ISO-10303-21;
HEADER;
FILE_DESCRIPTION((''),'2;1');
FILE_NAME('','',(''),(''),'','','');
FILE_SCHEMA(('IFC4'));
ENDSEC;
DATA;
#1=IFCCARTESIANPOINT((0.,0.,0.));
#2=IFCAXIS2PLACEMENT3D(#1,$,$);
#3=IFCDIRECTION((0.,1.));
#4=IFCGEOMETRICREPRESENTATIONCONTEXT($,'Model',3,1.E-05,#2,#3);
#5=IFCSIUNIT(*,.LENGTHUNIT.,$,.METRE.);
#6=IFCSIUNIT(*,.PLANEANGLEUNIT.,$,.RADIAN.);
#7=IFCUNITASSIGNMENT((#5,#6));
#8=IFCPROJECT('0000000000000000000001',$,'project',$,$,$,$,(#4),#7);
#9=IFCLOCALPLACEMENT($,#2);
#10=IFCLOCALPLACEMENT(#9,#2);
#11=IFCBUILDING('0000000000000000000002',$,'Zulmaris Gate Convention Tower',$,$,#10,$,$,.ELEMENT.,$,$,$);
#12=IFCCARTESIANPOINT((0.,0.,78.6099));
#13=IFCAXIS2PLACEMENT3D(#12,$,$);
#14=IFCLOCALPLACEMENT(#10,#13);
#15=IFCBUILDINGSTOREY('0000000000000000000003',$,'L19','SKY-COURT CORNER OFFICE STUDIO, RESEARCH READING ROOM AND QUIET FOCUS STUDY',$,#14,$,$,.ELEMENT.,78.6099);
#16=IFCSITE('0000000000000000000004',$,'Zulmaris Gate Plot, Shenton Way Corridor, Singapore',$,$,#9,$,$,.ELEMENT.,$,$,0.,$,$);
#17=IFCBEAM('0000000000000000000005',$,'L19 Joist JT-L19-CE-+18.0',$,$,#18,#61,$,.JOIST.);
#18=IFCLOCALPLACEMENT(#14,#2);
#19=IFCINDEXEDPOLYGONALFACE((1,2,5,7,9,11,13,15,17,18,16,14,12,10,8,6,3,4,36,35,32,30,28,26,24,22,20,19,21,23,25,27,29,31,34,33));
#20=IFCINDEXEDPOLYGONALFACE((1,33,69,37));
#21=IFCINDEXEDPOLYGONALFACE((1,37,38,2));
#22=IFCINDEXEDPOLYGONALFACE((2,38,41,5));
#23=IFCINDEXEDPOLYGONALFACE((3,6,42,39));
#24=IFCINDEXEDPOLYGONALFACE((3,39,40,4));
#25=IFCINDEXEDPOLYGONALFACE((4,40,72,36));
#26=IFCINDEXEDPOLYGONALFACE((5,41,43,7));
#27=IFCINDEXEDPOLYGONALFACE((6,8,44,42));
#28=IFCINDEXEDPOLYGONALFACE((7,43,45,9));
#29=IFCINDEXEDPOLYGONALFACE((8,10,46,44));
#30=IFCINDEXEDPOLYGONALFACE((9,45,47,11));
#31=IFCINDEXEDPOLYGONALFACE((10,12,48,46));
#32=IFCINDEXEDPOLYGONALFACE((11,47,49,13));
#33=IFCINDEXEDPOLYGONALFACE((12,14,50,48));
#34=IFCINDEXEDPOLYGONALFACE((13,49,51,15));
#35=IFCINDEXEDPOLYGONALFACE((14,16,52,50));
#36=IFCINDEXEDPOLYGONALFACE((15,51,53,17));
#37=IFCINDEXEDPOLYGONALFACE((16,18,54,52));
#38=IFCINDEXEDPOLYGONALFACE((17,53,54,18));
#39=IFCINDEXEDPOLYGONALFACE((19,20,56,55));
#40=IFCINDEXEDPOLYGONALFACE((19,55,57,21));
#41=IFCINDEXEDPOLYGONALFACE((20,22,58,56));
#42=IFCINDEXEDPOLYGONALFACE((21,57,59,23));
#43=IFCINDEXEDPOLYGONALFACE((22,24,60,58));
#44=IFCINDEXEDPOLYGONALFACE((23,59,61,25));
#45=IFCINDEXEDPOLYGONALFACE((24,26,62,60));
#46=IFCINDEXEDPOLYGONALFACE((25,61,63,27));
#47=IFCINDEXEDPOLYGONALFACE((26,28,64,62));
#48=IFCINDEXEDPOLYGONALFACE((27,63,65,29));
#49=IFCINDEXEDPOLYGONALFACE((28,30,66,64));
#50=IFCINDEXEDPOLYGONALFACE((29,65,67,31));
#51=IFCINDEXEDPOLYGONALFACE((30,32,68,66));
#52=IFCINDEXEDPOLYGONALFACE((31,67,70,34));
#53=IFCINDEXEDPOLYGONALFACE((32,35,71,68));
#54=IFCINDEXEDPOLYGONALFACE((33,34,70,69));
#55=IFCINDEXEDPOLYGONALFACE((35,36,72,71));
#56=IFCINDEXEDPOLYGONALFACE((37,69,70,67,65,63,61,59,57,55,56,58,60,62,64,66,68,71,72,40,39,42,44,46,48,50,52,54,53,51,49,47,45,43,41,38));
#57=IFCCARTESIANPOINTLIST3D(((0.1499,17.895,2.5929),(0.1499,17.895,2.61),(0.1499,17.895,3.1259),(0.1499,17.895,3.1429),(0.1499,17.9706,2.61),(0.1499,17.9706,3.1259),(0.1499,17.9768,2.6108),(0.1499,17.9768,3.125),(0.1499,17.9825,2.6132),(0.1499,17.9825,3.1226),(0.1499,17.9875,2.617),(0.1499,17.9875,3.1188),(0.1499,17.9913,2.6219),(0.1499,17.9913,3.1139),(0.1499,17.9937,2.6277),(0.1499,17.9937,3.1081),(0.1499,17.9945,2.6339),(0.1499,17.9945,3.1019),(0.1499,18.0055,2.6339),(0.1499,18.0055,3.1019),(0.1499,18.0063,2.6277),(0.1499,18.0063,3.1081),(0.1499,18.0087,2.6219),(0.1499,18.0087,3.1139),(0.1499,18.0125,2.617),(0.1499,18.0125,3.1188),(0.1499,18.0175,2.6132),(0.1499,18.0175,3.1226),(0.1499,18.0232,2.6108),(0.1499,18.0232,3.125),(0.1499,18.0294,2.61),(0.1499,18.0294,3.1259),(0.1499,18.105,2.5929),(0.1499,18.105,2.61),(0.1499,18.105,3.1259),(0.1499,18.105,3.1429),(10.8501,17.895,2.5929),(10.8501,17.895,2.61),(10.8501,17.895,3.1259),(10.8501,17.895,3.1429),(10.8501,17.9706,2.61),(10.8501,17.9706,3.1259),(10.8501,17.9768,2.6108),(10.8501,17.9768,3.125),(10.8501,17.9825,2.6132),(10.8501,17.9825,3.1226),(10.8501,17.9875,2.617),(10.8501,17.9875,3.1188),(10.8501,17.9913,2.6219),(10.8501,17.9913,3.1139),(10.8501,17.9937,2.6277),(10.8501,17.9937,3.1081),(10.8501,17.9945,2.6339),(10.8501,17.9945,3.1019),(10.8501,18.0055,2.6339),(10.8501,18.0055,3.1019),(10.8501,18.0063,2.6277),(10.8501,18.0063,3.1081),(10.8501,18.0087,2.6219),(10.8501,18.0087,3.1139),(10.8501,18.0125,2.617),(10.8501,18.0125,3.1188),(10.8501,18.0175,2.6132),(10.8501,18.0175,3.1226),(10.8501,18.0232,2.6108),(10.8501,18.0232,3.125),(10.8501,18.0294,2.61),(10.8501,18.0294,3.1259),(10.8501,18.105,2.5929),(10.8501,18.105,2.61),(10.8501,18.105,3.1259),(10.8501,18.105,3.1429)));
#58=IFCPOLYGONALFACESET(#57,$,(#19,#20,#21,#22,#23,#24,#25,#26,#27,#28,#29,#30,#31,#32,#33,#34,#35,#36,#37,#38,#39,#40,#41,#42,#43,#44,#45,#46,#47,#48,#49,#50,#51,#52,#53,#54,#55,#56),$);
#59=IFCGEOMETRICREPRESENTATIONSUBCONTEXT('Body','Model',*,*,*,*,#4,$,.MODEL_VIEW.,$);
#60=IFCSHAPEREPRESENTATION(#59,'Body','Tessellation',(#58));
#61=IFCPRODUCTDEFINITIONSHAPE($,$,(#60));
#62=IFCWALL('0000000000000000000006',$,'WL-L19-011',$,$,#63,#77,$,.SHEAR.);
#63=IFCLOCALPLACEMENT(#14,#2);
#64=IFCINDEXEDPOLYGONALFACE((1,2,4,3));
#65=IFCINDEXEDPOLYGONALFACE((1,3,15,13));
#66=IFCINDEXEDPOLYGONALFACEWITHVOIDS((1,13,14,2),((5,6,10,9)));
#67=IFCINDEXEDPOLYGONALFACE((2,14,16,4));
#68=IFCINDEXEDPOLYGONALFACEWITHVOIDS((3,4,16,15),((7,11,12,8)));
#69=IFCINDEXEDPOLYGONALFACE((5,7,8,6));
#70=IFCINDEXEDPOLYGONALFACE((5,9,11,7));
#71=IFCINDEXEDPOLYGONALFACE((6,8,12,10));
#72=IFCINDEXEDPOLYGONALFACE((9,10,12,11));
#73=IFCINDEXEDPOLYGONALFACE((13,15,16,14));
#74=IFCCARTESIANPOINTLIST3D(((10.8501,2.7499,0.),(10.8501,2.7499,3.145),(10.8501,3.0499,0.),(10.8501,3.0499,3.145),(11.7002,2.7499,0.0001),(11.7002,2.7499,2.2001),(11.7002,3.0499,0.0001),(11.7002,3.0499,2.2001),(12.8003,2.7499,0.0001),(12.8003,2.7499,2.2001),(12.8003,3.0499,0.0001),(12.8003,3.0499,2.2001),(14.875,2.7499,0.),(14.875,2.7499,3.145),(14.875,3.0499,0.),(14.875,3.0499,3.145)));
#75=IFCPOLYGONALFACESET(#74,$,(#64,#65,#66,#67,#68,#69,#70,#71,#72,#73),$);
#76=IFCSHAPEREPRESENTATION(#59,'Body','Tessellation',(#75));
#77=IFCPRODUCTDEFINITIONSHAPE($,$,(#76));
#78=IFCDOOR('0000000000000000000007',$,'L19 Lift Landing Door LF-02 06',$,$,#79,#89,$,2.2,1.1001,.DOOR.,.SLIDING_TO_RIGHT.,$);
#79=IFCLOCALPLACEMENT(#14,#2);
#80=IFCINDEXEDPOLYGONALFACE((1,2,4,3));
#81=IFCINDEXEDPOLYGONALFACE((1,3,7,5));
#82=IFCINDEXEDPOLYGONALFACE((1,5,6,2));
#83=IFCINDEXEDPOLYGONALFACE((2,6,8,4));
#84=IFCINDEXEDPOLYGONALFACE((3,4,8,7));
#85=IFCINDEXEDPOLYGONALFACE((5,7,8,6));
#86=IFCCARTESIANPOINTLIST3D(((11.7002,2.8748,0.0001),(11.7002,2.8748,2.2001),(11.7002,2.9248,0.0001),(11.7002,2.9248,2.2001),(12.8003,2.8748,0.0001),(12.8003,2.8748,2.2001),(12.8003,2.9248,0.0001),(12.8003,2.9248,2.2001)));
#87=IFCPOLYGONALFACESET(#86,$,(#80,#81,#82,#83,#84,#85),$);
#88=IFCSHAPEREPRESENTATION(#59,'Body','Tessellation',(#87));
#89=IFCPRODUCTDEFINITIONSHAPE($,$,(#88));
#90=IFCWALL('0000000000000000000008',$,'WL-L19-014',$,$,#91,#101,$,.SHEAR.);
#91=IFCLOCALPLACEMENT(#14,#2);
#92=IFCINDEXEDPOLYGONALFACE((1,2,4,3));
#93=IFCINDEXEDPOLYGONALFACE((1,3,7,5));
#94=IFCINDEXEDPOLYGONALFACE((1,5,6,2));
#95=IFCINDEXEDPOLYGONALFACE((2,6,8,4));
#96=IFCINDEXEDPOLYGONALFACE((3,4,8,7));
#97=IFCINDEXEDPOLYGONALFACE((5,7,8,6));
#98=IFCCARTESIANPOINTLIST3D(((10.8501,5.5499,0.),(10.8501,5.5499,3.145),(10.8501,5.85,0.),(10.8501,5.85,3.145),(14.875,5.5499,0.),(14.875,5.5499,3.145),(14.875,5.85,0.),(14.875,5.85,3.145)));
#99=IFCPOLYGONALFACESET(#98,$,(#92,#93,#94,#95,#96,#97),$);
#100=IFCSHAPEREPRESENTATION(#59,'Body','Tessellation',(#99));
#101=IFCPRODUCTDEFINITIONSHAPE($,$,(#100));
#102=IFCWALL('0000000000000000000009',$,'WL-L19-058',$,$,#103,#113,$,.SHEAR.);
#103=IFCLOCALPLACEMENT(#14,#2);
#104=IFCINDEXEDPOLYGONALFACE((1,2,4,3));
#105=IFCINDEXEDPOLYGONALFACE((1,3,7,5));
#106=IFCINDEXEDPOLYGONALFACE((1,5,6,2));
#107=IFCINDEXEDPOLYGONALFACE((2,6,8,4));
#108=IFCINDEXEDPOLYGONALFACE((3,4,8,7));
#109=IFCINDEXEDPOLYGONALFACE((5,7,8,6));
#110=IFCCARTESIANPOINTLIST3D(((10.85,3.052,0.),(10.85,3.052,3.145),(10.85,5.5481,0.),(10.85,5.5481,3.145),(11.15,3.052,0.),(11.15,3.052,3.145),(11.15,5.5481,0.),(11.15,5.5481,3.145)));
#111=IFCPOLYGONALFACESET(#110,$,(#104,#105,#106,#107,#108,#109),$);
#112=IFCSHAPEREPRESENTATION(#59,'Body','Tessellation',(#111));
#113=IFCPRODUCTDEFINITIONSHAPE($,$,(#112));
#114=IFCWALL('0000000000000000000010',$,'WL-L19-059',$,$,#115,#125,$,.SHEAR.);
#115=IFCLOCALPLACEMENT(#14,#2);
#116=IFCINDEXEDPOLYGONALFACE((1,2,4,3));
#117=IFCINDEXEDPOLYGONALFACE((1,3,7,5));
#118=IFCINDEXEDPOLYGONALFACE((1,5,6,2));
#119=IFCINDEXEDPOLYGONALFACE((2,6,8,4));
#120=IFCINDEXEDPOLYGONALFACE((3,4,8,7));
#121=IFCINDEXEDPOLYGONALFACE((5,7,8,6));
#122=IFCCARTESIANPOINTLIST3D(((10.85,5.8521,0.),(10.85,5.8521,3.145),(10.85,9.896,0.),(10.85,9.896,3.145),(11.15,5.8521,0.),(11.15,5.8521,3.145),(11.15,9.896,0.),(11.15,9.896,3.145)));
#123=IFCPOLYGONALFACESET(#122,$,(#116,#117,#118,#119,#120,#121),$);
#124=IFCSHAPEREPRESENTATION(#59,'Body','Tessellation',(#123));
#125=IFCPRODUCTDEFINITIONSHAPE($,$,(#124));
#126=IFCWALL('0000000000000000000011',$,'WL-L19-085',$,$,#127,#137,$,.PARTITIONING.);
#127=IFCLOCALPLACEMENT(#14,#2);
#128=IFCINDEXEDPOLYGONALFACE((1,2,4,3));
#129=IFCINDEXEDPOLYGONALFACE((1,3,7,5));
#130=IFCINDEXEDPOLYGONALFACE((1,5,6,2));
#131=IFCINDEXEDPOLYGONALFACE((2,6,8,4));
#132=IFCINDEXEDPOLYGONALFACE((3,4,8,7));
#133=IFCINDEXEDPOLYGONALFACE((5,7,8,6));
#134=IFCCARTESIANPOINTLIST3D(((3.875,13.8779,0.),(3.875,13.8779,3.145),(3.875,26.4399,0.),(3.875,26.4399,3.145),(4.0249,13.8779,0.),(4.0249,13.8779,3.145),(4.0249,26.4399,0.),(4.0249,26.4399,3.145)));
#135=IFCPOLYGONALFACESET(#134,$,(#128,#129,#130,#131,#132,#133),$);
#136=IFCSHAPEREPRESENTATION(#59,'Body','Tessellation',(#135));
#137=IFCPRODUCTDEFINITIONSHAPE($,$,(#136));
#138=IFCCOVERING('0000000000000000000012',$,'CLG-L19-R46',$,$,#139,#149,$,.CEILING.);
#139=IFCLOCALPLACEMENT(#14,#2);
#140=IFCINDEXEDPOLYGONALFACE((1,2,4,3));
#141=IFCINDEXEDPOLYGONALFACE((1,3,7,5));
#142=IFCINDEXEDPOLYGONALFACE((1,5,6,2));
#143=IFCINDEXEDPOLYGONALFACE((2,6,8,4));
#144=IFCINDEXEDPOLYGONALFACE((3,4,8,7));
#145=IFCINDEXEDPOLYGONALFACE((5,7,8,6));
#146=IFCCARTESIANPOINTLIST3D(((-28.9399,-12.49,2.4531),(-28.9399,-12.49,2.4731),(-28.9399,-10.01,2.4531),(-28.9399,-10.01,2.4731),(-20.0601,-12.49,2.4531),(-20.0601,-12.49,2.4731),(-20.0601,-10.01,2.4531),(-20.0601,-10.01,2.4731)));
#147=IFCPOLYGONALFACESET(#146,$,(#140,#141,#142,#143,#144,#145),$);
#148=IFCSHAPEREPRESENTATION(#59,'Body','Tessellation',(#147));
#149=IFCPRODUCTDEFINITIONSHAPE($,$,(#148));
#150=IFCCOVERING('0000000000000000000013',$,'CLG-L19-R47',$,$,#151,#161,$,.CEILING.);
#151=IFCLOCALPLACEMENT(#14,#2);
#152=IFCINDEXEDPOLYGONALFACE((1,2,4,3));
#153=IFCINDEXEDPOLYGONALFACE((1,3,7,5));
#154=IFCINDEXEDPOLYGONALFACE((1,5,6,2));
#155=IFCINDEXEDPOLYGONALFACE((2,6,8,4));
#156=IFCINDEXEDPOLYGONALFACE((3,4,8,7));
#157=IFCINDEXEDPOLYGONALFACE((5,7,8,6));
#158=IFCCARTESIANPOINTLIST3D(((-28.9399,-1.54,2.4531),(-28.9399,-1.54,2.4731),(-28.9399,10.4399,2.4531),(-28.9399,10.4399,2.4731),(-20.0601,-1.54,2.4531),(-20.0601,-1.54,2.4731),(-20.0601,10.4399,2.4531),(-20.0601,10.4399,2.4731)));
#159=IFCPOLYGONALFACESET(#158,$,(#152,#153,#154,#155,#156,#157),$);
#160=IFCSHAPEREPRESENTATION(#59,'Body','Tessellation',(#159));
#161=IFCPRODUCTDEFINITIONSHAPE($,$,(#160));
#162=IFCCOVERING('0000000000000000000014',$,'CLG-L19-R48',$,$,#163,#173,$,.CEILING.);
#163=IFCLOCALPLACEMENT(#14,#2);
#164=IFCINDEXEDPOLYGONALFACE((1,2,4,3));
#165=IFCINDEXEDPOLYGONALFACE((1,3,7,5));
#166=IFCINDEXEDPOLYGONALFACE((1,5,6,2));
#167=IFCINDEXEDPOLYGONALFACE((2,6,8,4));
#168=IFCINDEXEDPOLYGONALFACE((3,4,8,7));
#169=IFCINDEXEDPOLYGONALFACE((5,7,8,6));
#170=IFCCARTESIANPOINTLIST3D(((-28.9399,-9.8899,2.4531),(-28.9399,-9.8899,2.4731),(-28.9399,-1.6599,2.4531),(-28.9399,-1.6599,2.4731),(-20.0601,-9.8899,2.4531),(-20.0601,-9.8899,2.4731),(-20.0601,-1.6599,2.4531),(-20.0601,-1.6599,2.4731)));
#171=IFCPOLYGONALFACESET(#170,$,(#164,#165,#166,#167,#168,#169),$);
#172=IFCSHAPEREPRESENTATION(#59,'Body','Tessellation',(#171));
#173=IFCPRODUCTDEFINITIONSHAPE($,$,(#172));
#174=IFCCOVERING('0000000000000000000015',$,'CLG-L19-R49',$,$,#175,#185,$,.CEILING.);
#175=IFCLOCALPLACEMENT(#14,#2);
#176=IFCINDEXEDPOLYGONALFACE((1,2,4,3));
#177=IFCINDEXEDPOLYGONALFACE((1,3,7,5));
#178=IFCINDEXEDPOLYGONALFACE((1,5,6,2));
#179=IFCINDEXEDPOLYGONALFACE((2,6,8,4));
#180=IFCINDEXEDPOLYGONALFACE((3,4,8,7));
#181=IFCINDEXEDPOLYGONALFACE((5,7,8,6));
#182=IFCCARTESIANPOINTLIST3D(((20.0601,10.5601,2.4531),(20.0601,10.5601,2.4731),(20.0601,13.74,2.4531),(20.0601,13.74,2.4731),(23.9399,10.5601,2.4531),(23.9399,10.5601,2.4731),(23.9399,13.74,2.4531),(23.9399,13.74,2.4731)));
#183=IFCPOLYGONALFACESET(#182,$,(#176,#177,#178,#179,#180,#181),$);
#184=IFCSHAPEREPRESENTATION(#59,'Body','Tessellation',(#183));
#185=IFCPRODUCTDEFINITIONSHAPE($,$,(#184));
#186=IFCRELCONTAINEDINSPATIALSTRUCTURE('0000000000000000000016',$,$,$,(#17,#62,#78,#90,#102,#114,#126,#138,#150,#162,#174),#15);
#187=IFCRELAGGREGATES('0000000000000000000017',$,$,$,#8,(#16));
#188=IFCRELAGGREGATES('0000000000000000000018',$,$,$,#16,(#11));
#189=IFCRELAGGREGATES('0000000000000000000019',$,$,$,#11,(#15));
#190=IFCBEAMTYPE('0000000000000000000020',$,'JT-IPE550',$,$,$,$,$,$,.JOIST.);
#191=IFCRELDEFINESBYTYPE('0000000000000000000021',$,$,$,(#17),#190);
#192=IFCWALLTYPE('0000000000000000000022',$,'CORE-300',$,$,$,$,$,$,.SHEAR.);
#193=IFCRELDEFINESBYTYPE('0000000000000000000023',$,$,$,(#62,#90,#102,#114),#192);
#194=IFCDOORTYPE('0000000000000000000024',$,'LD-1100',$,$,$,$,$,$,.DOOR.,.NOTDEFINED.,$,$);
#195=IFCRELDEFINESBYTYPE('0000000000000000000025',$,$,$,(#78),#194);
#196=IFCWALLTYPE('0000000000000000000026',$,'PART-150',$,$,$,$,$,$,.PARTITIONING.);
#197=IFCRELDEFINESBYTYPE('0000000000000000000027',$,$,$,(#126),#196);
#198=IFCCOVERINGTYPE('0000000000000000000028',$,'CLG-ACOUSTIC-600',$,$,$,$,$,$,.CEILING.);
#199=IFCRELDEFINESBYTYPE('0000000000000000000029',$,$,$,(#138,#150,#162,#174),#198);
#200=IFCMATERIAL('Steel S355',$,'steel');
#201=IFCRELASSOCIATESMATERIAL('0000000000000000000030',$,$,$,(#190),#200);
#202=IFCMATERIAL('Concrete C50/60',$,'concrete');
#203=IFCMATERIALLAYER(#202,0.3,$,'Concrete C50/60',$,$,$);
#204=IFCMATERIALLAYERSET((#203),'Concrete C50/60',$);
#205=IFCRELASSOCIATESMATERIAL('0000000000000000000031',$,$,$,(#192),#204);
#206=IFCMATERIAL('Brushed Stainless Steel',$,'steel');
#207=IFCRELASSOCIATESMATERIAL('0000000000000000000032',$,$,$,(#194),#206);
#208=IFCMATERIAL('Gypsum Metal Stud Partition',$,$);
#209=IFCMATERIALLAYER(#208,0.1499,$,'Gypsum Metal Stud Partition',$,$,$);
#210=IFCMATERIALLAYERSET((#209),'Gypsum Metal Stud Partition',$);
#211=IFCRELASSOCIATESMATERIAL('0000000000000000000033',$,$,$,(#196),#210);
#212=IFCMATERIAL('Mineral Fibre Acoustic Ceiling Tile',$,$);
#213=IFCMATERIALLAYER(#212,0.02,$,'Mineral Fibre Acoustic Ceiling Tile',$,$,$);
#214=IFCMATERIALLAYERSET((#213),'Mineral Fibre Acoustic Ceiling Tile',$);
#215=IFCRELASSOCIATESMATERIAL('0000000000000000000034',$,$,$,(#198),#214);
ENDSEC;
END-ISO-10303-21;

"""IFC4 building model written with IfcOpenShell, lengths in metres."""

from ifc_helpers import new_model, si_unit, direction, frame, frame_2d, origin, origin_2d, place, context, subcontext, project, spatial, polyline, rectangle, i_section, outline, extrude, material, layer, layer_set, material_profile, profile_set, type_object, element, fill, save


model = new_model("IFC4")

# Units and contexts
model_context = context("Model", 3, precision=1e-05, world=origin(), true_north=direction((0.0, 1.0)))
body_context = subcontext(model_context, "Body", "Model", "MODEL_VIEW")
ifc_project = project(units=[si_unit("LENGTHUNIT", "METRE"), si_unit("PLANEANGLEUNIT", "RADIAN")], contexts=[model_context])

# Site, building, storey
site_placement = place(None, origin())
site = spatial("IfcSite", under=ifc_project, at=site_placement, Name="Zulmaris Gate Plot, Shenton Way Corridor, Singapore", CompositionType="ELEMENT", RefElevation=0.0)
building_placement = place(site_placement, origin())
building = spatial("IfcBuilding", under=site, at=building_placement, Name="Zulmaris Gate Convention Tower", CompositionType="ELEMENT")
storey_placement = place(building_placement, frame((0.0, 0.0, 78.6099)))
storey = spatial("IfcBuildingStorey", under=building, at=storey_placement, Name="L19", Description="SKY-COURT CORNER OFFICE STUDIO, RESEARCH READING ROOM AND QUIET FOCUS STUDY", CompositionType="ELEMENT", Elevation=78.6099)

# Beam
ifc_material_1 = material(Name="Steel S355", Category="steel")
ifc_material_profile_1 = material_profile(ifc_material_1, i_section(OverallWidth=0.21, OverallDepth=0.55, WebThickness=0.011, FlangeThickness=0.0171, FilletRadius=0.0239, at=origin_2d()), Name="IPE 550")
ifc_profile_set_1 = profile_set([ifc_material_profile_1], Name="Steel S355")
beam_type_1 = type_object("IfcBeamType", Name="JT-IPE550", PredefinedType="JOIST", material=ifc_profile_set_1)
for number, where, z_axis, x_axis, name in (
    (1, (0.1499, 18.0, 2.8679), (1.0, 0.0, 0.0), (0.0, 1.0, 0.0), "L19 Joist JT-L19-CE-+18.0"),
):
    element("IfcBeam", number, at=place(storey_placement, frame(where, z_axis=z_axis, x_axis=x_axis)), inside=storey, type_object=beam_type_1, Name=name, PredefinedType="JOIST", context=body_context, shape_type="SweptSolid", body=[
        extrude(i_section(OverallWidth=0.21, OverallDepth=0.55, WebThickness=0.011, FlangeThickness=0.0171, FilletRadius=0.0239, at=origin_2d()), origin(), (0.0, 0.0, 1.0), 10.7002),
    ])

# Wall, opening, door
ifc_material_2 = material(Name="Concrete C50/60", Category="concrete")
ifc_layer_1 = layer(ifc_material_2, 0.3, Name="Concrete C50/60")
ifc_layer_set_1 = layer_set([ifc_layer_1], Name="Concrete C50/60")
wall_type_1 = type_object("IfcWallType", Name="CORE-300", PredefinedType="SHEAR", material=ifc_layer_set_1)
wall_1_placement = place(storey_placement, frame((10.8501, 2.8999, 0.0), z_axis=(0.0, 0.0, 1.0), x_axis=(1.0, 0.0, 0.0)))
wall_1 = element("IfcWall", 2, at=wall_1_placement, inside=storey, type_object=wall_type_1, Name="WL-L19-011", PredefinedType="SHEAR", context=body_context, shape_type="SweptSolid", body=[
    extrude(rectangle(XDim=4.0249, YDim=0.3, at=frame_2d((2.0125, 0.0))), origin(), (0.0, 0.0, 1.0), 3.145),
])
opening_1_placement = place(wall_1_placement, frame((0.8501, 0.0, 0.0)))
opening_1 = element("IfcOpeningElement", 3, at=opening_1_placement, cuts=wall_1, PredefinedType="OPENING", context=body_context, shape_type="SweptSolid", body=[
    extrude(rectangle(XDim=1.1001, YDim=2.2, at=frame_2d((0.55, 1.1001))), frame((0.0, 0.1602, 0.0), z_axis=(0.0, -1.0, 0.0), x_axis=(1.0, 0.0, 0.0)), (0.0, 0.0, 1.0), 0.3201),
])
ifc_material_3 = material(Name="Brushed Stainless Steel", Category="steel")
door_type_1 = type_object("IfcDoorType", Name="LD-1100", OperationType="NOTDEFINED", PredefinedType="DOOR", material=ifc_material_3)
door_1_placement = place(opening_1_placement, origin())
door_1 = element("IfcDoor", 4, at=door_1_placement, inside=storey, type_object=door_type_1, Name="L19 Lift Landing Door LF-02 06", OperationType="SLIDING_TO_RIGHT", OverallHeight=2.2, OverallWidth=1.1001, PredefinedType="DOOR", context=body_context, shape_type="SweptSolid", body=[
    extrude(rectangle(XDim=1.1001, YDim=2.2, at=frame_2d((0.55, 1.1001))), frame((0.0, 0.0249, 0.0), z_axis=(0.0, -1.0, 0.0), x_axis=(1.0, 0.0, 0.0)), (0.0, 0.0, 1.0), 0.05),
])
fill(opening_1, door_1)

# Wall
wall_2_placement = place(storey_placement, frame((10.8501, 5.7, 0.0), z_axis=(0.0, 0.0, 1.0), x_axis=(1.0, 0.0, 0.0)))
element("IfcWall", 5, at=wall_2_placement, inside=storey, type_object=wall_type_1, Name="WL-L19-014", PredefinedType="SHEAR", context=body_context, shape_type="SweptSolid", body=[
    extrude(rectangle(XDim=4.0249, YDim=0.3, at=frame_2d((2.0125, 0.0))), origin(), (0.0, 0.0, 1.0), 3.145),
])

# Walls
wall_3_placement = place(storey_placement, frame((11.0, 3.052, 0.0), z_axis=(0.0, 0.0, 1.0), x_axis=(0.0, 1.0, 0.0)))
element("IfcWall", 6, at=wall_3_placement, inside=storey, type_object=wall_type_1, Name="WL-L19-058", PredefinedType="SHEAR", context=body_context, shape_type="SweptSolid", body=[
    extrude(rectangle(XDim=2.4961, YDim=0.3, at=frame_2d((1.248, 0.0))), origin(), (0.0, 0.0, 1.0), 3.145),
])
wall_4_placement = place(storey_placement, frame((11.0, 5.8521, 0.0), z_axis=(0.0, 0.0, 1.0), x_axis=(0.0, 1.0, 0.0)))
element("IfcWall", 7, at=wall_4_placement, inside=storey, type_object=wall_type_1, Name="WL-L19-059", PredefinedType="SHEAR", context=body_context, shape_type="SweptSolid", body=[
    extrude(rectangle(XDim=4.0439, YDim=0.3, at=frame_2d((2.022, 0.0))), origin(), (0.0, 0.0, 1.0), 3.145),
])
ifc_material_4 = material(Name="Gypsum Metal Stud Partition")
ifc_layer_2 = layer(ifc_material_4, 0.1499, Name="Gypsum Metal Stud Partition")
ifc_layer_set_2 = layer_set([ifc_layer_2], Name="Gypsum Metal Stud Partition")
wall_type_2 = type_object("IfcWallType", Name="PART-150", PredefinedType="PARTITIONING", material=ifc_layer_set_2)
wall_5_placement = place(storey_placement, frame((3.95, 13.8779, 0.0), z_axis=(0.0, 0.0, 1.0), x_axis=(0.0, 1.0, 0.0)))
element("IfcWall", 8, at=wall_5_placement, inside=storey, type_object=wall_type_2, Name="WL-L19-085", PredefinedType="PARTITIONING", context=body_context, shape_type="SweptSolid", body=[
    extrude(rectangle(XDim=12.562, YDim=0.1499, at=frame_2d((6.281, 0.0))), origin(), (0.0, 0.0, 1.0), 3.145),
])

# Coverings
ifc_material_5 = material(Name="Mineral Fibre Acoustic Ceiling Tile")
ifc_layer_3 = layer(ifc_material_5, 0.02, Name="Mineral Fibre Acoustic Ceiling Tile")
ifc_layer_set_3 = layer_set([ifc_layer_3], Name="Mineral Fibre Acoustic Ceiling Tile")
covering_type_1 = type_object("IfcCoveringType", Name="CLG-ACOUSTIC-600", PredefinedType="CEILING", material=ifc_layer_set_3)
covering_1_placement = place(storey_placement, frame((0.0, 0.0, 2.4531)))
element("IfcCovering", 9, at=covering_1_placement, inside=storey, type_object=covering_type_1, Name="CLG-L19-R46", PredefinedType="CEILING", context=body_context, shape_type="SweptSolid", body=[
    extrude(outline(polyline([(-28.9399, -12.49), (-20.0601, -12.49), (-20.0601, -10.01), (-28.9399, -10.01), (-28.9399, -12.49)])), origin(), (0.0, 0.0, 1.0), 0.02),
])
covering_2_placement = place(storey_placement, frame((0.0, 0.0, 2.4531)))
element("IfcCovering", 10, at=covering_2_placement, inside=storey, type_object=covering_type_1, Name="CLG-L19-R47", PredefinedType="CEILING", context=body_context, shape_type="SweptSolid", body=[
    extrude(outline(polyline([(-28.9399, -1.54), (-20.0601, -1.54), (-20.0601, 10.4399), (-28.9399, 10.4399), (-28.9399, -1.54)])), origin(), (0.0, 0.0, 1.0), 0.02),
])
covering_3_placement = place(storey_placement, frame((0.0, 0.0, 2.4531)))
element("IfcCovering", 11, at=covering_3_placement, inside=storey, type_object=covering_type_1, Name="CLG-L19-R48", PredefinedType="CEILING", context=body_context, shape_type="SweptSolid", body=[
    extrude(outline(polyline([(-28.9399, -9.8899), (-20.0601, -9.8899), (-20.0601, -1.6599), (-28.9399, -1.6599), (-28.9399, -9.8899)])), origin(), (0.0, 0.0, 1.0), 0.02),
])
covering_4_placement = place(storey_placement, frame((0.0, 0.0, 2.4531)))
element("IfcCovering", 12, at=covering_4_placement, inside=storey, type_object=covering_type_1, Name="CLG-L19-R49", PredefinedType="CEILING", context=body_context, shape_type="SweptSolid", body=[
    extrude(outline(polyline([(20.0601, 10.5601), (23.9399, 10.5601), (23.9399, 13.74), (20.0601, 13.74), (20.0601, 10.5601)])), origin(), (0.0, 0.0, 1.0), 0.02),
])

save(model, "model.ifc")
